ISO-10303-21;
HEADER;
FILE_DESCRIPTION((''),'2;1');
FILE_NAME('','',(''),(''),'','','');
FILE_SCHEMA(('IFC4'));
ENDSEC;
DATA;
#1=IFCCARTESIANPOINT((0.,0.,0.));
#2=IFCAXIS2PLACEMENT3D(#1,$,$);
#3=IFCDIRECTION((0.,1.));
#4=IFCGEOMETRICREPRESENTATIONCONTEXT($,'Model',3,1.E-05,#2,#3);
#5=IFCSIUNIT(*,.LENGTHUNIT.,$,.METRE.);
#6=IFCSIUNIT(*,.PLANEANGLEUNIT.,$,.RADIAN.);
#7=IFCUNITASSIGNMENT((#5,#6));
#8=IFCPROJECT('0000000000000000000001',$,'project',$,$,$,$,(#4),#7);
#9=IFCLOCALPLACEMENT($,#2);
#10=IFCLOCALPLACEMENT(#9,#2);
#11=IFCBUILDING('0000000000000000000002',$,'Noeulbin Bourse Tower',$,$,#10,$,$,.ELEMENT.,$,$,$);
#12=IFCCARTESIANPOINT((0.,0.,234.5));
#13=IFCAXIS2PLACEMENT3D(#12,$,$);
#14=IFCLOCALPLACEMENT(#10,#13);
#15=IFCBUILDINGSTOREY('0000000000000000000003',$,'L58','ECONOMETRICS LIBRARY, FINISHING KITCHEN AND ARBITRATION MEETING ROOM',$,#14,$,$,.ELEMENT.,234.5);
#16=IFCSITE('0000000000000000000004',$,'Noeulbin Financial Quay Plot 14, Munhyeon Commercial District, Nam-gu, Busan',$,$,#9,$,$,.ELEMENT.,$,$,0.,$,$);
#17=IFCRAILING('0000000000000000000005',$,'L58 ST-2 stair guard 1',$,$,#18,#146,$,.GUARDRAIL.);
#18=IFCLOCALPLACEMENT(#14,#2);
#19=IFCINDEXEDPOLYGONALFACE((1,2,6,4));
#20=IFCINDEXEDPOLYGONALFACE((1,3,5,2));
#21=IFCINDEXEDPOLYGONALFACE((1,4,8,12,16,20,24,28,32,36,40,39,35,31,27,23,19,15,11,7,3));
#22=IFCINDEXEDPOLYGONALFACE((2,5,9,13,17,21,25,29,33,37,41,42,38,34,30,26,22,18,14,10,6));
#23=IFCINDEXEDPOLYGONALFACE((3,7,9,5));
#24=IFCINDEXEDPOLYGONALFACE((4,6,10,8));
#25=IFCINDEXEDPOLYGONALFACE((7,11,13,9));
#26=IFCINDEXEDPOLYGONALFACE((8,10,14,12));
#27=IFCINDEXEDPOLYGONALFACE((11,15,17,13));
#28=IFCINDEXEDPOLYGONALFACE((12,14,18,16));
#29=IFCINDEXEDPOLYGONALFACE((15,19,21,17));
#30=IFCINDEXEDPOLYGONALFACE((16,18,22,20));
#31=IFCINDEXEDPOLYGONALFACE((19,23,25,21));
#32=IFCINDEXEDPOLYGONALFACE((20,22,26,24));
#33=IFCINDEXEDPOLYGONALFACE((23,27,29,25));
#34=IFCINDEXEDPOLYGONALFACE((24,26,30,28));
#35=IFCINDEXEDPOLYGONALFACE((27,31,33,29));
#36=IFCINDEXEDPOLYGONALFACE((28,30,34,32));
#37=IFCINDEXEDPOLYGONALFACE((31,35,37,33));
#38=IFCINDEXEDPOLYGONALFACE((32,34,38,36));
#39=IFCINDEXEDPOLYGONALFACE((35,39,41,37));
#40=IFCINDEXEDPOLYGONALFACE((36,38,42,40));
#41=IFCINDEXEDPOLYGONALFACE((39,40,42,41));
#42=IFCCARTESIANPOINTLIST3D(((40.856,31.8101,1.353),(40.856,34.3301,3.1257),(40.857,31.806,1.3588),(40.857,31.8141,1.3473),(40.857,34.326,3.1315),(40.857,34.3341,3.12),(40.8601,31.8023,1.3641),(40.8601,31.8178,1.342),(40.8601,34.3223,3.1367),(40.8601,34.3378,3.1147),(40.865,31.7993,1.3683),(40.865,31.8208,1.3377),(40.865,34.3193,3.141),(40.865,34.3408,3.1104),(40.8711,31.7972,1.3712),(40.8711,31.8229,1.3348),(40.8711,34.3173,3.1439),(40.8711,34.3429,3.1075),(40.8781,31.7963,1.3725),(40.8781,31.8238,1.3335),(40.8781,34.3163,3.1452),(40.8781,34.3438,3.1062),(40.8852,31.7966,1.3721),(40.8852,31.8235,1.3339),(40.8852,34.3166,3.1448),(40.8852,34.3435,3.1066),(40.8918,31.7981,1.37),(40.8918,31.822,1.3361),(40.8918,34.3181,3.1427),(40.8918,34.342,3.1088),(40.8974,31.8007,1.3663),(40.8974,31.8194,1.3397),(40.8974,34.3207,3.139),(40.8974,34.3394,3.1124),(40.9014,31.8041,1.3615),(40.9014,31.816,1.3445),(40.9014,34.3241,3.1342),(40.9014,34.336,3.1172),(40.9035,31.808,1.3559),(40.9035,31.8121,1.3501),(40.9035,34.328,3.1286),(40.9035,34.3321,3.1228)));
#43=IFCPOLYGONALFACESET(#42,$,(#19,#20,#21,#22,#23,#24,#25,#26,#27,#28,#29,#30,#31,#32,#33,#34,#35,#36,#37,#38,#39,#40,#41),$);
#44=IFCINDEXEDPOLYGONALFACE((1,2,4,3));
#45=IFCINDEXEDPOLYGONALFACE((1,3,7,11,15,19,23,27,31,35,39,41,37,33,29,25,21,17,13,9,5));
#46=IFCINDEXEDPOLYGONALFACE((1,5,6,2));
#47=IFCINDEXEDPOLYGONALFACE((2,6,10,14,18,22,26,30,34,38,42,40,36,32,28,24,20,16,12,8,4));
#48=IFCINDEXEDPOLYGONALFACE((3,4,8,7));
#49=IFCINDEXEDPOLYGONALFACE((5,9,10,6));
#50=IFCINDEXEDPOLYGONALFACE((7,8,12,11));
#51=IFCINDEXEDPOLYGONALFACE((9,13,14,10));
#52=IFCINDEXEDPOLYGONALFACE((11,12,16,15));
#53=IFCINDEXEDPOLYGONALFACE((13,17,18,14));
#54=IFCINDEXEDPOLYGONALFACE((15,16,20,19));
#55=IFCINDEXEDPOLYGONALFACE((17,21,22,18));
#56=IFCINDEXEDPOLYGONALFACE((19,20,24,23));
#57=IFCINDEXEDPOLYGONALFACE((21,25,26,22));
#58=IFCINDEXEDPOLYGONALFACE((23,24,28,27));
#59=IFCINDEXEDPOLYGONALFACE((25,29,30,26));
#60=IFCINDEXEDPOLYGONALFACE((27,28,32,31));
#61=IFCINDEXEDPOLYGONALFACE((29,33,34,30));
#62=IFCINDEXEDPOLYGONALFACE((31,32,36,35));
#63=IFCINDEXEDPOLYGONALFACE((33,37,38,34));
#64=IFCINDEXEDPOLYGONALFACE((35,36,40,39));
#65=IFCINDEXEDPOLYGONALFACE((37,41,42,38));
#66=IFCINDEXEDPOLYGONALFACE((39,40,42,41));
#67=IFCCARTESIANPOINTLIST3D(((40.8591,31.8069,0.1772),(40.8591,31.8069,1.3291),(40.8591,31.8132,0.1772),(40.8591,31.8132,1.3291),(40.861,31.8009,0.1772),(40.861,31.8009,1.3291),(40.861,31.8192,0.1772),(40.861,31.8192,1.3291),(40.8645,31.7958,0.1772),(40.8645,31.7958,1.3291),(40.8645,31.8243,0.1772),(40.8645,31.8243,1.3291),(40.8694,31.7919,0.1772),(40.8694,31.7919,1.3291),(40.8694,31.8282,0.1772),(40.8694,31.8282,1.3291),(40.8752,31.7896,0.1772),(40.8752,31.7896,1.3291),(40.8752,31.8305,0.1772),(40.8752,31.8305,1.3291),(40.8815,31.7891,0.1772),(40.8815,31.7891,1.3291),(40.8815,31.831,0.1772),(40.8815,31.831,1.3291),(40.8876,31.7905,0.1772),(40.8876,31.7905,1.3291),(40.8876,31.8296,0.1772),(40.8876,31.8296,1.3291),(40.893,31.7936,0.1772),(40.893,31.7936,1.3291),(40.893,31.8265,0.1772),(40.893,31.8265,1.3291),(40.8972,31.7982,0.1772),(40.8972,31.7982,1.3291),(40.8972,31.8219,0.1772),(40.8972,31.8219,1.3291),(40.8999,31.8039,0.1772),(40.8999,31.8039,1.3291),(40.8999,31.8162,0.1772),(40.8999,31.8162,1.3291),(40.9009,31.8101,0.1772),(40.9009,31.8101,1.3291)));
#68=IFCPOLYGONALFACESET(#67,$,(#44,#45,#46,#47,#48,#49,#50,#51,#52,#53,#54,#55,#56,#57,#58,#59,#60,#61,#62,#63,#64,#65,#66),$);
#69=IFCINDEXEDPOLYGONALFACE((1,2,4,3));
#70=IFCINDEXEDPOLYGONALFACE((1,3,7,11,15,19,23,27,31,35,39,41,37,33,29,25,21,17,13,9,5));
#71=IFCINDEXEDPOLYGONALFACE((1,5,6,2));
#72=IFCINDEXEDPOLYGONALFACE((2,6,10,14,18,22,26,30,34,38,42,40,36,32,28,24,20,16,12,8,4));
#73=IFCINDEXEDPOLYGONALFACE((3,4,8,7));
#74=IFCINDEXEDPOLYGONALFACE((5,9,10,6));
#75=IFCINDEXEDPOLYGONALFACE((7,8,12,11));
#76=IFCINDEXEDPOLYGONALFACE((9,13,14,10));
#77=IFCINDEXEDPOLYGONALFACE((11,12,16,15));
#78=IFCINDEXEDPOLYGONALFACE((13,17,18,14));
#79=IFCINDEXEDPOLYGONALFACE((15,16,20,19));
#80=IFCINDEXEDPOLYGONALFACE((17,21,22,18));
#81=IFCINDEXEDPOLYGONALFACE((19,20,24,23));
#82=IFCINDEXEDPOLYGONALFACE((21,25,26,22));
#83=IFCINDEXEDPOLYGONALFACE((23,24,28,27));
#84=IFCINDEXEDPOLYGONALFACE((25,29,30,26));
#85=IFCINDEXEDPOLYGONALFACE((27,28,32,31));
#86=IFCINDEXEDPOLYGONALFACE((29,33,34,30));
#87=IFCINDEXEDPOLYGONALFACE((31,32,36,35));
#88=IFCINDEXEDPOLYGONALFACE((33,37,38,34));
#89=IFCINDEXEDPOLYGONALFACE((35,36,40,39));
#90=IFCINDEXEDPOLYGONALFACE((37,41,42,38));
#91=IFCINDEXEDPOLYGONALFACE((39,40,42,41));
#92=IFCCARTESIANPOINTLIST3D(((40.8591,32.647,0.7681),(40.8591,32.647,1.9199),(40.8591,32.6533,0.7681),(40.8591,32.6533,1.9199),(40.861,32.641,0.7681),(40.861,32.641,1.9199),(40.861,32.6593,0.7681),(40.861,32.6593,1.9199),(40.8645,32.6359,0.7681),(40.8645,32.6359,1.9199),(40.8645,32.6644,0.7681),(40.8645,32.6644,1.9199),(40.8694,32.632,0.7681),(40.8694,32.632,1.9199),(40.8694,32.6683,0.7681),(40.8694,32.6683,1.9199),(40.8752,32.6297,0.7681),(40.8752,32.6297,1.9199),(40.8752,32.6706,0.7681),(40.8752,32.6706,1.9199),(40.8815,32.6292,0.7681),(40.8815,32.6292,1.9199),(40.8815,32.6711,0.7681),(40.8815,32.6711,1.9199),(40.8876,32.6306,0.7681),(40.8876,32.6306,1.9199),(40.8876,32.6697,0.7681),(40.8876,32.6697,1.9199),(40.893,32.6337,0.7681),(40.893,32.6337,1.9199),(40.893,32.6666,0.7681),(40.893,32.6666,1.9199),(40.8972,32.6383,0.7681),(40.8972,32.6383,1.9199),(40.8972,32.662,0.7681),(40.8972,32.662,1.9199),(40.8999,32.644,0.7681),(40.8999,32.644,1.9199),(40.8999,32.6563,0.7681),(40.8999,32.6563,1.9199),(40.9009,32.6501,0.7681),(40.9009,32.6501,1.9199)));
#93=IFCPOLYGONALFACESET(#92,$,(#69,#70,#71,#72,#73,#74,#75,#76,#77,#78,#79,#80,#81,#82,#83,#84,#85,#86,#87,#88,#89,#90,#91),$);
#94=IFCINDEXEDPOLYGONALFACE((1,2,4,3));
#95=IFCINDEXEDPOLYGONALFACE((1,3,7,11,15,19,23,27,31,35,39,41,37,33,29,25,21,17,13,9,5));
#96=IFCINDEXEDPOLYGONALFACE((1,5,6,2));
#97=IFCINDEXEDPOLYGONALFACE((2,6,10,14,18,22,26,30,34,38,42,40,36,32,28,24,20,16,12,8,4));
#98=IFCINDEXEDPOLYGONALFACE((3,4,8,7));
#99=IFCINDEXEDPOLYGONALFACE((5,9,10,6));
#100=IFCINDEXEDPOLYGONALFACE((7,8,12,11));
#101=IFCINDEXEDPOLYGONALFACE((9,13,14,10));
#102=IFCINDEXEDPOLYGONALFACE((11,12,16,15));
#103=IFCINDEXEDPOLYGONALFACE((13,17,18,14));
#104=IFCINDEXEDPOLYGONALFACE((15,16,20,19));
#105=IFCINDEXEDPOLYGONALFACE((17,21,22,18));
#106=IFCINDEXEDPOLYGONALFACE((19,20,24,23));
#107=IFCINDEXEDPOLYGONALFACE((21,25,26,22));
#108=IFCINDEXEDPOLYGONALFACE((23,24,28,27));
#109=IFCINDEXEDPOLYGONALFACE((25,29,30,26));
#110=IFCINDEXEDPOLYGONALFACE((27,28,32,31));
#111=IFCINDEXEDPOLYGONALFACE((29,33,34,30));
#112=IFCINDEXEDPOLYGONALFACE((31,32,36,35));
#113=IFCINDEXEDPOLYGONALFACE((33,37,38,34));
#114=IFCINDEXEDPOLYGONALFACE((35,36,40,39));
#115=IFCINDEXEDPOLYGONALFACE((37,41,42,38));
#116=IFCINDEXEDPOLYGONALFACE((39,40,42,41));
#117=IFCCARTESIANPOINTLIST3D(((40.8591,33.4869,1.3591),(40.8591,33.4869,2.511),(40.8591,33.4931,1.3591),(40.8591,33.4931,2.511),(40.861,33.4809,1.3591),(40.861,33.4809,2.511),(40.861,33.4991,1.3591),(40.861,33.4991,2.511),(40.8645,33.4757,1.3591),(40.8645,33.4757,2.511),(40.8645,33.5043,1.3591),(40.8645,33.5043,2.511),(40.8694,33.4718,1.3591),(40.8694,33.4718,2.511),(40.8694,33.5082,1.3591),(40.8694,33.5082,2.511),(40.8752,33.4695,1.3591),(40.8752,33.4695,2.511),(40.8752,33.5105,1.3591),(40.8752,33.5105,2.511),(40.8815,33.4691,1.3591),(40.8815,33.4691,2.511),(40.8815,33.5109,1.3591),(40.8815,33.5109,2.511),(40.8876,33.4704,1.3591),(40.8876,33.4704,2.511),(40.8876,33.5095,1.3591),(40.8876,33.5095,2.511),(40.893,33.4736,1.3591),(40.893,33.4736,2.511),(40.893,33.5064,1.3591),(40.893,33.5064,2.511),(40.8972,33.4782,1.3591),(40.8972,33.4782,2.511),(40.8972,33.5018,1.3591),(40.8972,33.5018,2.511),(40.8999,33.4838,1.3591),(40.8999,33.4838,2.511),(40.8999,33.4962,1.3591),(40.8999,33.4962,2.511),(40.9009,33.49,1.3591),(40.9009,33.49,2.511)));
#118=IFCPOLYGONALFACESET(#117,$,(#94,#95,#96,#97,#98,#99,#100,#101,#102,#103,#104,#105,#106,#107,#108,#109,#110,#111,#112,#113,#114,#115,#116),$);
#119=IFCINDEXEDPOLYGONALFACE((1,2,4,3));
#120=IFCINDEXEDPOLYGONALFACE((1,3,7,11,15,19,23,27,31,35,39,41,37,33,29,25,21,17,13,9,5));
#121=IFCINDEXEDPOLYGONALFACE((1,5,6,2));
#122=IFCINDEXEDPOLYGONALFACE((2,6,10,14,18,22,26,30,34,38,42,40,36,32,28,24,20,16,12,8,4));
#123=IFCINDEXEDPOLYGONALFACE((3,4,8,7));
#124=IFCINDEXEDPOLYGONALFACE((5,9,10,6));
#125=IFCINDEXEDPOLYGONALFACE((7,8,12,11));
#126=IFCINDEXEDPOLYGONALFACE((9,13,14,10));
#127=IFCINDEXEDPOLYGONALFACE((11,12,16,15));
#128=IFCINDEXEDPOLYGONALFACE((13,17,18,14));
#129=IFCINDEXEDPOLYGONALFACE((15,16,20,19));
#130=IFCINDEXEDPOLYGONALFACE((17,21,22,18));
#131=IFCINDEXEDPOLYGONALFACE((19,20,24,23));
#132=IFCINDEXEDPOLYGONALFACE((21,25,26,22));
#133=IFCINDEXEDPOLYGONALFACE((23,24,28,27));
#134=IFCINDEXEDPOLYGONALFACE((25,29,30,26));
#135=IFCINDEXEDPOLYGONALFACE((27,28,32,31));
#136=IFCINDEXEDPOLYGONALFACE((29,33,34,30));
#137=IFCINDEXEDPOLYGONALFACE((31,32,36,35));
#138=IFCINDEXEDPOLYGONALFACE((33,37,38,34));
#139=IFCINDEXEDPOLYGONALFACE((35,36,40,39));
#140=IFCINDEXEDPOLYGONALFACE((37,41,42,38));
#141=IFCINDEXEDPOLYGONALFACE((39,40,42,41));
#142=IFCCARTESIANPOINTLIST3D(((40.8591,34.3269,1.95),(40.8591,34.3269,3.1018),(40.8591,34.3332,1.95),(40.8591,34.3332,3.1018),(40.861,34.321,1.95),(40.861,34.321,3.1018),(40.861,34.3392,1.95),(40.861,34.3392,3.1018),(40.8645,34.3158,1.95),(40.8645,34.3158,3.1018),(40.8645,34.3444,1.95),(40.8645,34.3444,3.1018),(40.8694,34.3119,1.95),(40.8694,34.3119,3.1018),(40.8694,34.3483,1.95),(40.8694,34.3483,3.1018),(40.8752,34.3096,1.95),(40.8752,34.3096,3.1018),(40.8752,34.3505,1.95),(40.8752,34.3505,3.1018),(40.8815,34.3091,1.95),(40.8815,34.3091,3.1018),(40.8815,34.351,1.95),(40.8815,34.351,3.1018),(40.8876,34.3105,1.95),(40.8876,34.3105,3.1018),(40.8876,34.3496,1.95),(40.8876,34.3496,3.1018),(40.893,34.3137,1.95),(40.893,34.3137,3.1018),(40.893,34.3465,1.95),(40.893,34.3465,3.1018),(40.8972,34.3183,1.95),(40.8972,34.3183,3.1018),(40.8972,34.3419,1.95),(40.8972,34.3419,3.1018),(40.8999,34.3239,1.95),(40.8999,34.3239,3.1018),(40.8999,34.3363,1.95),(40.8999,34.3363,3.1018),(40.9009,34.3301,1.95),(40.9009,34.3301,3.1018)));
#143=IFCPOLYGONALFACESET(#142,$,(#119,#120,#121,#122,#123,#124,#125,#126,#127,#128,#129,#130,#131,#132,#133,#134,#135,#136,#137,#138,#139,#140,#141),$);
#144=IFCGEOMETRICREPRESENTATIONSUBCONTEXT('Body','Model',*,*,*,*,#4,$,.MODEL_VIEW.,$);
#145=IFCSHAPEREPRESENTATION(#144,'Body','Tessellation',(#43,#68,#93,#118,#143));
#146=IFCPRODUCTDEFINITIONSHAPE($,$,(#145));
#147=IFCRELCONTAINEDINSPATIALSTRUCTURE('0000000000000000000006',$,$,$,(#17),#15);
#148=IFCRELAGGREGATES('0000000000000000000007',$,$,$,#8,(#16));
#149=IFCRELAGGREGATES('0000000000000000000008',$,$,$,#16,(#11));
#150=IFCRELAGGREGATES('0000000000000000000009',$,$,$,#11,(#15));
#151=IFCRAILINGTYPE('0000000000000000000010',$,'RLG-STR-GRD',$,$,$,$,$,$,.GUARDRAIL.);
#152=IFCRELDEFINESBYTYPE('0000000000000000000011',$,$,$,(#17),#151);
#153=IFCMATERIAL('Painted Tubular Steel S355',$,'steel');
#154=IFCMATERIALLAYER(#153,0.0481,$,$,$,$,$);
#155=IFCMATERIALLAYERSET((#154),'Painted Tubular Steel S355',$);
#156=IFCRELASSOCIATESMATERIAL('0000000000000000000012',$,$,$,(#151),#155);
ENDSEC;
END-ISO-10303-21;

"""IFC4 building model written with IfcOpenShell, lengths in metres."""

from ifc_helpers import new_model, si_unit, direction, frame, origin, origin_2d, place, context, subcontext, project, spatial, circle, extrude, material, layer, layer_set, type_object, element, save


model = new_model("IFC4")

# Units and contexts
model_context = context("Model", 3, precision=1e-05, world=origin(), true_north=direction((0.0, 1.0)))
body_context = subcontext(model_context, "Body", "Model", "MODEL_VIEW")
ifc_project = project(units=[si_unit("LENGTHUNIT", "METRE"), si_unit("PLANEANGLEUNIT", "RADIAN")], contexts=[model_context])

# Site, building, storey
site_placement = place(None, origin())
site = spatial("IfcSite", under=ifc_project, at=site_placement, Name="Noeulbin Financial Quay Plot 14, Munhyeon Commercial District, Nam-gu, Busan", CompositionType="ELEMENT", RefElevation=0.0)
building_placement = place(site_placement, origin())
building = spatial("IfcBuilding", under=site, at=building_placement, Name="Noeulbin Bourse Tower", CompositionType="ELEMENT")
storey_placement = place(building_placement, frame((0.0, 0.0, 234.5)))
storey = spatial("IfcBuildingStorey", under=building, at=storey_placement, Name="L58", Description="ECONOMETRICS LIBRARY, FINISHING KITCHEN AND ARBITRATION MEETING ROOM", CompositionType="ELEMENT", Elevation=234.5)

# Railing
ifc_material_1 = material(Name="Painted Tubular Steel S355", Category="steel")
ifc_layer_1 = layer(ifc_material_1, 0.0481)
ifc_layer_set_1 = layer_set([ifc_layer_1], Name="Painted Tubular Steel S355")
railing_type_1 = type_object("IfcRailingType", Name="RLG-STR-GRD", PredefinedType="GUARDRAIL", material=ifc_layer_set_1)
railing_1_placement = place(storey_placement, frame((40.8799, 31.8101, 0.1772)))
element("IfcRailing", 1, at=railing_1_placement, inside=storey, type_object=railing_type_1, Name="L58 ST-2 stair guard 1", PredefinedType="GUARDRAIL", context=body_context, shape_type="SweptSolid", body=[
    extrude(circle(Radius=0.0239, at=origin_2d()), frame((0.0, 0.0, 1.1758), z_axis=(0.0, 0.817904, 0.575354), x_axis=(-1.0, 0.0, 0.0)), (0.0, 0.0, 1.0), 3.0811),
    extrude(circle(Radius=0.021, at=origin_2d()), origin(), (0.0, 0.0, 1.0), 1.1519),
    extrude(circle(Radius=0.021, at=origin_2d()), frame((0.0, 0.8401, 0.5908)), (0.0, 0.0, 1.0), 1.1519),
    extrude(circle(Radius=0.021, at=origin_2d()), frame((0.0, 1.6799, 1.1819)), (0.0, 0.0, 1.0), 1.1519),
    extrude(circle(Radius=0.021, at=origin_2d()), frame((0.0, 2.52, 1.7727)), (0.0, 0.0, 1.0), 1.1519),
])

save(model, "model.ifc")
